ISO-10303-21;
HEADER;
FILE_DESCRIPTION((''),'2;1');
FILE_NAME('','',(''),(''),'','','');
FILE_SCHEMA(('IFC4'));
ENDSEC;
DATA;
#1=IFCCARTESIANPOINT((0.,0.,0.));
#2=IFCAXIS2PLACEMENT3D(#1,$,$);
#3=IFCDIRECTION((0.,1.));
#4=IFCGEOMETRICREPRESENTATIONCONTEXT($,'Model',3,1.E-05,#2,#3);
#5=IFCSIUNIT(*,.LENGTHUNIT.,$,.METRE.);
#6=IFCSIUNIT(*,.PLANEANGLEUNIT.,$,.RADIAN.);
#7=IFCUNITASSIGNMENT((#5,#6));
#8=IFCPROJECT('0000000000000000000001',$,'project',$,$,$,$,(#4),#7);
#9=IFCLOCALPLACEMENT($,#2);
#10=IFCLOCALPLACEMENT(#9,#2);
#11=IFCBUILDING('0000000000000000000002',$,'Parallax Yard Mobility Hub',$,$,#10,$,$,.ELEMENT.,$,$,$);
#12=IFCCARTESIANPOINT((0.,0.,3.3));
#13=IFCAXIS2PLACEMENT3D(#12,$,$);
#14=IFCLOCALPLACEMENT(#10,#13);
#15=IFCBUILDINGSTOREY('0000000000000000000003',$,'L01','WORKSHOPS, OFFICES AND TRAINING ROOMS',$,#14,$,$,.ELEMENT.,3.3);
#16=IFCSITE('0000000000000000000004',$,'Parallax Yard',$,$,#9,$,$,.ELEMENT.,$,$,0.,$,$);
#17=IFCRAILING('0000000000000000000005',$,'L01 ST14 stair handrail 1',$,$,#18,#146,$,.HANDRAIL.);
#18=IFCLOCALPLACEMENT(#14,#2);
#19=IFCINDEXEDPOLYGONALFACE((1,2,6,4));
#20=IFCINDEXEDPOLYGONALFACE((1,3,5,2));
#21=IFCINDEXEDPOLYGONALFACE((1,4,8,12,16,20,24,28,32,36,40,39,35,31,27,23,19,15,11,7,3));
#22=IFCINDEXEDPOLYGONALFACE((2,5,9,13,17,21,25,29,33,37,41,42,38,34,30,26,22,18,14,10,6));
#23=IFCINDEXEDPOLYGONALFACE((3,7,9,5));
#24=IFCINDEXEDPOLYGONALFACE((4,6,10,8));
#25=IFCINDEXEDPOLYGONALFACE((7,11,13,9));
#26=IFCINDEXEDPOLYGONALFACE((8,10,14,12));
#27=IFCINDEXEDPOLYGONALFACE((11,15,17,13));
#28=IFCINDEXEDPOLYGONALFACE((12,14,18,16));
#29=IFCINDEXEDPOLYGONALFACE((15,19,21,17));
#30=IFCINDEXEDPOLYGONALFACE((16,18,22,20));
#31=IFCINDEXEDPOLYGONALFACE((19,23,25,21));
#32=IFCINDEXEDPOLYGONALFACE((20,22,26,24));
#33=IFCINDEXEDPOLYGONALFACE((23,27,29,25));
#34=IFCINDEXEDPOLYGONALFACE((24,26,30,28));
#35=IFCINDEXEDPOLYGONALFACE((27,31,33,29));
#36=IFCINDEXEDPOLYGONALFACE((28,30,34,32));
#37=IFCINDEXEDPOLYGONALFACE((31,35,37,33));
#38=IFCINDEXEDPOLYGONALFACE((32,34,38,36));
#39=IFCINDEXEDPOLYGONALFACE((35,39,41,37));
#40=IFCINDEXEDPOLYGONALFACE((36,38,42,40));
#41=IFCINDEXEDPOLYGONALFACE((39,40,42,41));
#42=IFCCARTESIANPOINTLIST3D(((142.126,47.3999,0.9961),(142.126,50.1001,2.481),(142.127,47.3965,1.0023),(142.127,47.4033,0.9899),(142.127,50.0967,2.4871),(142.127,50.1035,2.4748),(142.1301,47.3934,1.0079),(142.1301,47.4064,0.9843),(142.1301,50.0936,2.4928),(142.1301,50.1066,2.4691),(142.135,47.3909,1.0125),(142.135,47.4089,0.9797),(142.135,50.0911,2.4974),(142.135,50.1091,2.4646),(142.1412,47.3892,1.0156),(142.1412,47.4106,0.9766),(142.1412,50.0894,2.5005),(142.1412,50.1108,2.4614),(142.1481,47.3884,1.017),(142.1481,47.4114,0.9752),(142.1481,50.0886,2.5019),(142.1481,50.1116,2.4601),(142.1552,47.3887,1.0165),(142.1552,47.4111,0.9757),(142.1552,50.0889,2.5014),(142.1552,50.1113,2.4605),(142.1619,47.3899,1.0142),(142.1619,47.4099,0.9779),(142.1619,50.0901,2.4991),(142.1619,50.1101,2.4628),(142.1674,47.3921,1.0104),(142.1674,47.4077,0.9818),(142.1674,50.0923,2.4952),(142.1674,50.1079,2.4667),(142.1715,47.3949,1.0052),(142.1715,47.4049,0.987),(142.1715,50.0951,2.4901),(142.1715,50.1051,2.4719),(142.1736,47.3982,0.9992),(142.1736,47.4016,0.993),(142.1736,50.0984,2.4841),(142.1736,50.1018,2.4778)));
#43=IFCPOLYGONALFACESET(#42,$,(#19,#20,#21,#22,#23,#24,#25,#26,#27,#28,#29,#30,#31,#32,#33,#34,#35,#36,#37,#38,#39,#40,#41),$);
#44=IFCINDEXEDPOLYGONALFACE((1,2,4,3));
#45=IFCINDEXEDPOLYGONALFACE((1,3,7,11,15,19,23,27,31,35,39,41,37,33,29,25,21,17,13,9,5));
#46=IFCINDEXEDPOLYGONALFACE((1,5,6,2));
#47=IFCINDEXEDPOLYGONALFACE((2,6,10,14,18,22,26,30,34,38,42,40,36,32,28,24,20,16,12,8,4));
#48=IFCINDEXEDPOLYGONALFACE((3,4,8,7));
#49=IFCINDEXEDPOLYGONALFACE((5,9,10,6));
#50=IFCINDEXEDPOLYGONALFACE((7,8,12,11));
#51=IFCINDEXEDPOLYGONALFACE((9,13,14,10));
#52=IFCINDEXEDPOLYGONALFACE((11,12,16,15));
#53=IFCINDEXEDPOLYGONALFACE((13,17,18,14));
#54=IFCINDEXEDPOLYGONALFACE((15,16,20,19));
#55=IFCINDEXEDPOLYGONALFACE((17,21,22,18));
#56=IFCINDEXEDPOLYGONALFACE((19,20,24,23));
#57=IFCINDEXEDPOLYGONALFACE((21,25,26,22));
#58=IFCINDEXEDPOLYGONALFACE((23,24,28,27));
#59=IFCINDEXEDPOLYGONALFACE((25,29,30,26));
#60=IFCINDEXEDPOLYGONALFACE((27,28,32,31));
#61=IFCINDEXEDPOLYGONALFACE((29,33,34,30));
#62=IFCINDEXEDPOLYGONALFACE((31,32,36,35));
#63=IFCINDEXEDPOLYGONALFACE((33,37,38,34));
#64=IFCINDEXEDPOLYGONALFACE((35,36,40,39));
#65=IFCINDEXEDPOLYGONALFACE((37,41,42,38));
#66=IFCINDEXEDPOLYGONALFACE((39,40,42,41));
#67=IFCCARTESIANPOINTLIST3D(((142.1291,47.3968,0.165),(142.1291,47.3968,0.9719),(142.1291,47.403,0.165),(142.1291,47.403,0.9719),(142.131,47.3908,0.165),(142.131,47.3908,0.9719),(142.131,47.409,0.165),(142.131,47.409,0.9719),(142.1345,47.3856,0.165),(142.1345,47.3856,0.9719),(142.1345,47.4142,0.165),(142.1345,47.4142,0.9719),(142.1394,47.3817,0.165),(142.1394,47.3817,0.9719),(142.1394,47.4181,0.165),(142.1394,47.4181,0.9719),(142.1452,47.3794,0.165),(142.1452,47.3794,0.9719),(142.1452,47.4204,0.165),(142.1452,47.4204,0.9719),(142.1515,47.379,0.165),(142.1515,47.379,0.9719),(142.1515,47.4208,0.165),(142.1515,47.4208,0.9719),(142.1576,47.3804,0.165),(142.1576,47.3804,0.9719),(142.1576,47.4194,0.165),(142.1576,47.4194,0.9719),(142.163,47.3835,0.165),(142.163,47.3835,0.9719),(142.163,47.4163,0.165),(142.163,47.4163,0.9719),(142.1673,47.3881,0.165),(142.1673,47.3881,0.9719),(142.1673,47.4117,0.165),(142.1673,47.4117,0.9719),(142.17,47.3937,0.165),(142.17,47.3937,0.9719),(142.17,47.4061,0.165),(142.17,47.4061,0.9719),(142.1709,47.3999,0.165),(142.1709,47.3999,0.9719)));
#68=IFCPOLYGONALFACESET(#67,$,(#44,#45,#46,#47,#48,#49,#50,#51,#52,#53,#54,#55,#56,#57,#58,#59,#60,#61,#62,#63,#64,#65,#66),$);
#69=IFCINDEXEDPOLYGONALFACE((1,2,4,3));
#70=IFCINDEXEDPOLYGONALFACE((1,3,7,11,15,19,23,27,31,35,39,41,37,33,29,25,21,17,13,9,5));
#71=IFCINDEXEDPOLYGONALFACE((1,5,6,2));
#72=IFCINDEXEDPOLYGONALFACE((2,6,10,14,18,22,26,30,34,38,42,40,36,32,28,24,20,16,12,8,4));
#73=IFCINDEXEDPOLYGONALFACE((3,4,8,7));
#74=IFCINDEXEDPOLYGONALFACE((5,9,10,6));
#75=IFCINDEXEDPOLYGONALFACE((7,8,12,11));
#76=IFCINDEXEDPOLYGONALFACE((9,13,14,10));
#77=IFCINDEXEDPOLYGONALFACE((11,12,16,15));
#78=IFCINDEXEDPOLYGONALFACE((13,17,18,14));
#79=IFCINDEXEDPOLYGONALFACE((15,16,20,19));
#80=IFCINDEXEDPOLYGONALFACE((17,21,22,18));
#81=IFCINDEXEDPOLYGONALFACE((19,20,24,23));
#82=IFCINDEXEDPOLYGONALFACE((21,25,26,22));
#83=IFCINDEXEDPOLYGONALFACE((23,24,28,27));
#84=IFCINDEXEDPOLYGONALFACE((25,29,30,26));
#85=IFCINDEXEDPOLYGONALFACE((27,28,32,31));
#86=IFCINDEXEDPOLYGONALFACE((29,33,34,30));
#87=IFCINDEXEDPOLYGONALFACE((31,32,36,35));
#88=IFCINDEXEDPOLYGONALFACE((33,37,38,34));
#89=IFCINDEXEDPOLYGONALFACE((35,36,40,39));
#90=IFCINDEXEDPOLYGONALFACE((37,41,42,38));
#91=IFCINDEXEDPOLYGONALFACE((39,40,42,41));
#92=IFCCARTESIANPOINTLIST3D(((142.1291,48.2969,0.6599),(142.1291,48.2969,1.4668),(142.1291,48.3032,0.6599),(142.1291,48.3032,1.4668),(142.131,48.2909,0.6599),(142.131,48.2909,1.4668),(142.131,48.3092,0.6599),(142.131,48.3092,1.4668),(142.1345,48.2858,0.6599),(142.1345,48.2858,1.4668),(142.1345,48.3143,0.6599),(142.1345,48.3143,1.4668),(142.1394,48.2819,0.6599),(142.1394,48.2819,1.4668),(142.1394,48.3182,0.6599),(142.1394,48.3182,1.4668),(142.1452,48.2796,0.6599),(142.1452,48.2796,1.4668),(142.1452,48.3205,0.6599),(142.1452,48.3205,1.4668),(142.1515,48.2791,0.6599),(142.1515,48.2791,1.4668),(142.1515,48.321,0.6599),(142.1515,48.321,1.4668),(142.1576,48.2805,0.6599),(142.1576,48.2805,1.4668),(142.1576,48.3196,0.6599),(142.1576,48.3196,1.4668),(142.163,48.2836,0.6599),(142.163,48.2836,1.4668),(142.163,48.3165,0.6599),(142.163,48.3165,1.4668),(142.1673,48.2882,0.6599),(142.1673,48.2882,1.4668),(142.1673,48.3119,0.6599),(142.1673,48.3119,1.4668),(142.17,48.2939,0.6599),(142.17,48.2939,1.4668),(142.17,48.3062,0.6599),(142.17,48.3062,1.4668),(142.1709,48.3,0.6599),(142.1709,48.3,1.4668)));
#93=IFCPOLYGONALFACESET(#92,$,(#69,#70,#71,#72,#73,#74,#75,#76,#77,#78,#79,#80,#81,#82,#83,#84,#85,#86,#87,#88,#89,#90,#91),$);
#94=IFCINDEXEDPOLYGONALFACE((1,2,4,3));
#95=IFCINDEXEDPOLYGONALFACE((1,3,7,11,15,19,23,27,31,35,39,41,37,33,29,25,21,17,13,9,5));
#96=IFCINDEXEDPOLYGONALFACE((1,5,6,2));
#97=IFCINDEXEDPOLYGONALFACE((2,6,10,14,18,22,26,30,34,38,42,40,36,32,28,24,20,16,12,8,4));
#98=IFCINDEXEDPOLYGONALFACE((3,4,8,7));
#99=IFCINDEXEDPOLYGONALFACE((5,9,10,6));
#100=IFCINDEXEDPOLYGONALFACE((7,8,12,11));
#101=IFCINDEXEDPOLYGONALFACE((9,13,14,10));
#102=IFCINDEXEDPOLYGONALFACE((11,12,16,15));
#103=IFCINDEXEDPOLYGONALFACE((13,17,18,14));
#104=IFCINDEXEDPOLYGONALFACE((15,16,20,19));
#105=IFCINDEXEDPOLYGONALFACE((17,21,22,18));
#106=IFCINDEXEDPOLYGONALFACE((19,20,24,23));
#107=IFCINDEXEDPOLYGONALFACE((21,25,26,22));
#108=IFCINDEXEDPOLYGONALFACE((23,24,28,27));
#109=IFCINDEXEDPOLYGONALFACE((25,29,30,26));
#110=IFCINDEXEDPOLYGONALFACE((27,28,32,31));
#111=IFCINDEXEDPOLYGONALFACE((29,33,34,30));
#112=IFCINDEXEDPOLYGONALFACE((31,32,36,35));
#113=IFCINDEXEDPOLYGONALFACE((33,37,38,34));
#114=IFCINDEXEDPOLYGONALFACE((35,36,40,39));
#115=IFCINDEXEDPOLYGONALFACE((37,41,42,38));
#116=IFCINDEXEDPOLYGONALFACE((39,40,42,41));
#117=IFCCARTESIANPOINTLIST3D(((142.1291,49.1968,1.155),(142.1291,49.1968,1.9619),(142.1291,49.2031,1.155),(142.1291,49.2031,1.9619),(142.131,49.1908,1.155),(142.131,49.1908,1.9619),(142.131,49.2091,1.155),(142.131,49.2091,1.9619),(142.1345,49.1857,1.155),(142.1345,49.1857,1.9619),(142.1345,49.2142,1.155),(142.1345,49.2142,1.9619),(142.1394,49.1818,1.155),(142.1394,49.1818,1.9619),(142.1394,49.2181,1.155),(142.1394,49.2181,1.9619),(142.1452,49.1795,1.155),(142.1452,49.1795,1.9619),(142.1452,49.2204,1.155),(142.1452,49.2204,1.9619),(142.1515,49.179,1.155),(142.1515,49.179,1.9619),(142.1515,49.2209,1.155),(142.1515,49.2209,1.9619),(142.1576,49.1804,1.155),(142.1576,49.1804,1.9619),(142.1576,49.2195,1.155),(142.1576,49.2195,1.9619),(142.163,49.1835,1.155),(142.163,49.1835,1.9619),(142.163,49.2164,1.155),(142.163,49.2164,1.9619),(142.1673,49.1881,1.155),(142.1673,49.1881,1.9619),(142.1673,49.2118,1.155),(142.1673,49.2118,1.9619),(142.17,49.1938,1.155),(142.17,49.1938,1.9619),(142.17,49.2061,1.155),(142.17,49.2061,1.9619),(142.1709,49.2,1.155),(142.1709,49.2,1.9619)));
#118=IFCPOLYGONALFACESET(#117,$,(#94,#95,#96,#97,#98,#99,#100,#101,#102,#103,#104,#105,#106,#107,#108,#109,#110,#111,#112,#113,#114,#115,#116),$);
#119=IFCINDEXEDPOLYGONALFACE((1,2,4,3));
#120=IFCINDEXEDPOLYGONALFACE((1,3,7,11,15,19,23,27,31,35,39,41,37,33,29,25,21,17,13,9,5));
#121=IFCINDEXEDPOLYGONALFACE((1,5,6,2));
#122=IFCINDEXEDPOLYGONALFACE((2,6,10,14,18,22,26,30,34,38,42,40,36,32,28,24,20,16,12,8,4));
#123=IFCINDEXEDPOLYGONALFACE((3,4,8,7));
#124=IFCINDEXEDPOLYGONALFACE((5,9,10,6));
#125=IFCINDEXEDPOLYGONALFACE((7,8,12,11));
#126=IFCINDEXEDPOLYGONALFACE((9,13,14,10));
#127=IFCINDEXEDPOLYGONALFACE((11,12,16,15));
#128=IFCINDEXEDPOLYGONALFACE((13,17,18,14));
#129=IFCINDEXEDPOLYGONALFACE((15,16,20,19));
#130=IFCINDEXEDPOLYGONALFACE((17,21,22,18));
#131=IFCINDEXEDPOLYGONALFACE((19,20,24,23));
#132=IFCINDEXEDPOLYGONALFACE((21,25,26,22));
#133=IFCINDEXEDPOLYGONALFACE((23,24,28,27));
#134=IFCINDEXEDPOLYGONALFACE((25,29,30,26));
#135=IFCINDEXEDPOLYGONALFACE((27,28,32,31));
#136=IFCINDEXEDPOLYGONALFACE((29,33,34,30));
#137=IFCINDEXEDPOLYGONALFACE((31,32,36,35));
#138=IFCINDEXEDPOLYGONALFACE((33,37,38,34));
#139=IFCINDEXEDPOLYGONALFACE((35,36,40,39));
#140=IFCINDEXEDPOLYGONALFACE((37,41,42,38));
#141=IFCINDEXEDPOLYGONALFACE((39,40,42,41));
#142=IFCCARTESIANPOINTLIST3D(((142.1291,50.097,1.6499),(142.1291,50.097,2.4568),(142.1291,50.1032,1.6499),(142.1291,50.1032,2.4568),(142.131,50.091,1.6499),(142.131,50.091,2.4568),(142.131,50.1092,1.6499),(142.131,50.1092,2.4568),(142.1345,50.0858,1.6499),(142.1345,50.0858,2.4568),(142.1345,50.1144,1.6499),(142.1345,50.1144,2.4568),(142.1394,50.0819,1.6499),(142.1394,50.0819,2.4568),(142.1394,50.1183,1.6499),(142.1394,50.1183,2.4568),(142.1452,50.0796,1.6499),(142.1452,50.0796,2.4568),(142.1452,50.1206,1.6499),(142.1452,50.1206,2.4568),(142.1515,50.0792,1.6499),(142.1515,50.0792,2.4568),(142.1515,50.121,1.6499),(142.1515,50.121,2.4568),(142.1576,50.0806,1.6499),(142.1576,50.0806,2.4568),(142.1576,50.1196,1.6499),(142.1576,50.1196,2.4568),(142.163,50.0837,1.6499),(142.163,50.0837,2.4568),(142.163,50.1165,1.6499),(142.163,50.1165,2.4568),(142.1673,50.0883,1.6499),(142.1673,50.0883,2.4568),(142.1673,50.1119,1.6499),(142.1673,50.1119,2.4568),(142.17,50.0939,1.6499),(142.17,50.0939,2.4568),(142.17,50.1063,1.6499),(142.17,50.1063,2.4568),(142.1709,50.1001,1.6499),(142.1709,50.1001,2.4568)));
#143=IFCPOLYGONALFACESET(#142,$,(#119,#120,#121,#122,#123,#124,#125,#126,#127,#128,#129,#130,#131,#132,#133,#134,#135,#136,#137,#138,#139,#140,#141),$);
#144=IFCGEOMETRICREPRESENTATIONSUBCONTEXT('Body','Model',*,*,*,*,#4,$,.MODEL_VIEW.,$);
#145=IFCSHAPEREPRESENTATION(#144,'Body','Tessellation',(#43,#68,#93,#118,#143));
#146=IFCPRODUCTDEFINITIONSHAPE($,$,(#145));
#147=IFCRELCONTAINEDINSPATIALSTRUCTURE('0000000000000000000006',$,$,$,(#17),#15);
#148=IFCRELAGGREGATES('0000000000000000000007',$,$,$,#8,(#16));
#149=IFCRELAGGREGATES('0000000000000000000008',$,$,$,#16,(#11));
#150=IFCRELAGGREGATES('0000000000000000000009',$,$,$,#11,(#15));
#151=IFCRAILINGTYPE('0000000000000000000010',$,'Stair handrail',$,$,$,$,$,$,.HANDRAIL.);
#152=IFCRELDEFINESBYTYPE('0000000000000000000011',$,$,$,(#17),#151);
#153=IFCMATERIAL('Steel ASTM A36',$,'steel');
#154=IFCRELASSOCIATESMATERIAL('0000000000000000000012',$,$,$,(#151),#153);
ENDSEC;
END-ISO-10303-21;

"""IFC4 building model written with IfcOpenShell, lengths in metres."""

from ifc_helpers import new_model, si_unit, direction, frame, origin, origin_2d, place, context, subcontext, project, spatial, circle, extrude, material, type_object, element, save


model = new_model("IFC4")

# Units and contexts
model_context = context("Model", 3, precision=1e-05, world=origin(), true_north=direction((0.0, 1.0)))
body_context = subcontext(model_context, "Body", "Model", "MODEL_VIEW")
ifc_project = project(units=[si_unit("LENGTHUNIT", "METRE"), si_unit("PLANEANGLEUNIT", "RADIAN")], contexts=[model_context])

# Site, building, storey
site_placement = place(None, origin())
site = spatial("IfcSite", under=ifc_project, at=site_placement, Name="Parallax Yard", CompositionType="ELEMENT", RefElevation=0.0)
building_placement = place(site_placement, origin())
building = spatial("IfcBuilding", under=site, at=building_placement, Name="Parallax Yard Mobility Hub", CompositionType="ELEMENT")
storey_placement = place(building_placement, frame((0.0, 0.0, 3.3)))
storey = spatial("IfcBuildingStorey", under=building, at=storey_placement, Name="L01", Description="WORKSHOPS, OFFICES AND TRAINING ROOMS", CompositionType="ELEMENT", Elevation=3.3)

# Railing
ifc_material_1 = material(Name="Steel ASTM A36", Category="steel")
railing_type_1 = type_object("IfcRailingType", Name="Stair handrail", PredefinedType="HANDRAIL", material=ifc_material_1)
railing_1_placement = place(storey_placement, frame((142.1499, 47.3999, 0.165)))
element("IfcRailing", 1, at=railing_1_placement, inside=storey, type_object=railing_type_1, Name="L01 ST14 stair handrail 1", PredefinedType="HANDRAIL", context=body_context, shape_type="SweptSolid", body=[
    extrude(circle(Radius=0.0239, at=origin_2d()), frame((0.0, 0.0, 0.8311), z_axis=(0.0, 0.876249, 0.481858), x_axis=(-1.0, 0.0, 0.0)), (0.0, 0.0, 1.0), 3.0815),
    extrude(circle(Radius=0.021, at=origin_2d()), origin(), (0.0, 0.0, 1.0), 0.8069),
    extrude(circle(Radius=0.021, at=origin_2d()), frame((0.0, 0.9001, 0.4949)), (0.0, 0.0, 1.0), 0.8069),
    extrude(circle(Radius=0.021, at=origin_2d()), frame((0.0, 1.8, 0.99)), (0.0, 0.0, 1.0), 0.8069),
    extrude(circle(Radius=0.021, at=origin_2d()), frame((0.0, 2.7002, 1.4849)), (0.0, 0.0, 1.0), 0.8069),
])

save(model, "model.ifc")
